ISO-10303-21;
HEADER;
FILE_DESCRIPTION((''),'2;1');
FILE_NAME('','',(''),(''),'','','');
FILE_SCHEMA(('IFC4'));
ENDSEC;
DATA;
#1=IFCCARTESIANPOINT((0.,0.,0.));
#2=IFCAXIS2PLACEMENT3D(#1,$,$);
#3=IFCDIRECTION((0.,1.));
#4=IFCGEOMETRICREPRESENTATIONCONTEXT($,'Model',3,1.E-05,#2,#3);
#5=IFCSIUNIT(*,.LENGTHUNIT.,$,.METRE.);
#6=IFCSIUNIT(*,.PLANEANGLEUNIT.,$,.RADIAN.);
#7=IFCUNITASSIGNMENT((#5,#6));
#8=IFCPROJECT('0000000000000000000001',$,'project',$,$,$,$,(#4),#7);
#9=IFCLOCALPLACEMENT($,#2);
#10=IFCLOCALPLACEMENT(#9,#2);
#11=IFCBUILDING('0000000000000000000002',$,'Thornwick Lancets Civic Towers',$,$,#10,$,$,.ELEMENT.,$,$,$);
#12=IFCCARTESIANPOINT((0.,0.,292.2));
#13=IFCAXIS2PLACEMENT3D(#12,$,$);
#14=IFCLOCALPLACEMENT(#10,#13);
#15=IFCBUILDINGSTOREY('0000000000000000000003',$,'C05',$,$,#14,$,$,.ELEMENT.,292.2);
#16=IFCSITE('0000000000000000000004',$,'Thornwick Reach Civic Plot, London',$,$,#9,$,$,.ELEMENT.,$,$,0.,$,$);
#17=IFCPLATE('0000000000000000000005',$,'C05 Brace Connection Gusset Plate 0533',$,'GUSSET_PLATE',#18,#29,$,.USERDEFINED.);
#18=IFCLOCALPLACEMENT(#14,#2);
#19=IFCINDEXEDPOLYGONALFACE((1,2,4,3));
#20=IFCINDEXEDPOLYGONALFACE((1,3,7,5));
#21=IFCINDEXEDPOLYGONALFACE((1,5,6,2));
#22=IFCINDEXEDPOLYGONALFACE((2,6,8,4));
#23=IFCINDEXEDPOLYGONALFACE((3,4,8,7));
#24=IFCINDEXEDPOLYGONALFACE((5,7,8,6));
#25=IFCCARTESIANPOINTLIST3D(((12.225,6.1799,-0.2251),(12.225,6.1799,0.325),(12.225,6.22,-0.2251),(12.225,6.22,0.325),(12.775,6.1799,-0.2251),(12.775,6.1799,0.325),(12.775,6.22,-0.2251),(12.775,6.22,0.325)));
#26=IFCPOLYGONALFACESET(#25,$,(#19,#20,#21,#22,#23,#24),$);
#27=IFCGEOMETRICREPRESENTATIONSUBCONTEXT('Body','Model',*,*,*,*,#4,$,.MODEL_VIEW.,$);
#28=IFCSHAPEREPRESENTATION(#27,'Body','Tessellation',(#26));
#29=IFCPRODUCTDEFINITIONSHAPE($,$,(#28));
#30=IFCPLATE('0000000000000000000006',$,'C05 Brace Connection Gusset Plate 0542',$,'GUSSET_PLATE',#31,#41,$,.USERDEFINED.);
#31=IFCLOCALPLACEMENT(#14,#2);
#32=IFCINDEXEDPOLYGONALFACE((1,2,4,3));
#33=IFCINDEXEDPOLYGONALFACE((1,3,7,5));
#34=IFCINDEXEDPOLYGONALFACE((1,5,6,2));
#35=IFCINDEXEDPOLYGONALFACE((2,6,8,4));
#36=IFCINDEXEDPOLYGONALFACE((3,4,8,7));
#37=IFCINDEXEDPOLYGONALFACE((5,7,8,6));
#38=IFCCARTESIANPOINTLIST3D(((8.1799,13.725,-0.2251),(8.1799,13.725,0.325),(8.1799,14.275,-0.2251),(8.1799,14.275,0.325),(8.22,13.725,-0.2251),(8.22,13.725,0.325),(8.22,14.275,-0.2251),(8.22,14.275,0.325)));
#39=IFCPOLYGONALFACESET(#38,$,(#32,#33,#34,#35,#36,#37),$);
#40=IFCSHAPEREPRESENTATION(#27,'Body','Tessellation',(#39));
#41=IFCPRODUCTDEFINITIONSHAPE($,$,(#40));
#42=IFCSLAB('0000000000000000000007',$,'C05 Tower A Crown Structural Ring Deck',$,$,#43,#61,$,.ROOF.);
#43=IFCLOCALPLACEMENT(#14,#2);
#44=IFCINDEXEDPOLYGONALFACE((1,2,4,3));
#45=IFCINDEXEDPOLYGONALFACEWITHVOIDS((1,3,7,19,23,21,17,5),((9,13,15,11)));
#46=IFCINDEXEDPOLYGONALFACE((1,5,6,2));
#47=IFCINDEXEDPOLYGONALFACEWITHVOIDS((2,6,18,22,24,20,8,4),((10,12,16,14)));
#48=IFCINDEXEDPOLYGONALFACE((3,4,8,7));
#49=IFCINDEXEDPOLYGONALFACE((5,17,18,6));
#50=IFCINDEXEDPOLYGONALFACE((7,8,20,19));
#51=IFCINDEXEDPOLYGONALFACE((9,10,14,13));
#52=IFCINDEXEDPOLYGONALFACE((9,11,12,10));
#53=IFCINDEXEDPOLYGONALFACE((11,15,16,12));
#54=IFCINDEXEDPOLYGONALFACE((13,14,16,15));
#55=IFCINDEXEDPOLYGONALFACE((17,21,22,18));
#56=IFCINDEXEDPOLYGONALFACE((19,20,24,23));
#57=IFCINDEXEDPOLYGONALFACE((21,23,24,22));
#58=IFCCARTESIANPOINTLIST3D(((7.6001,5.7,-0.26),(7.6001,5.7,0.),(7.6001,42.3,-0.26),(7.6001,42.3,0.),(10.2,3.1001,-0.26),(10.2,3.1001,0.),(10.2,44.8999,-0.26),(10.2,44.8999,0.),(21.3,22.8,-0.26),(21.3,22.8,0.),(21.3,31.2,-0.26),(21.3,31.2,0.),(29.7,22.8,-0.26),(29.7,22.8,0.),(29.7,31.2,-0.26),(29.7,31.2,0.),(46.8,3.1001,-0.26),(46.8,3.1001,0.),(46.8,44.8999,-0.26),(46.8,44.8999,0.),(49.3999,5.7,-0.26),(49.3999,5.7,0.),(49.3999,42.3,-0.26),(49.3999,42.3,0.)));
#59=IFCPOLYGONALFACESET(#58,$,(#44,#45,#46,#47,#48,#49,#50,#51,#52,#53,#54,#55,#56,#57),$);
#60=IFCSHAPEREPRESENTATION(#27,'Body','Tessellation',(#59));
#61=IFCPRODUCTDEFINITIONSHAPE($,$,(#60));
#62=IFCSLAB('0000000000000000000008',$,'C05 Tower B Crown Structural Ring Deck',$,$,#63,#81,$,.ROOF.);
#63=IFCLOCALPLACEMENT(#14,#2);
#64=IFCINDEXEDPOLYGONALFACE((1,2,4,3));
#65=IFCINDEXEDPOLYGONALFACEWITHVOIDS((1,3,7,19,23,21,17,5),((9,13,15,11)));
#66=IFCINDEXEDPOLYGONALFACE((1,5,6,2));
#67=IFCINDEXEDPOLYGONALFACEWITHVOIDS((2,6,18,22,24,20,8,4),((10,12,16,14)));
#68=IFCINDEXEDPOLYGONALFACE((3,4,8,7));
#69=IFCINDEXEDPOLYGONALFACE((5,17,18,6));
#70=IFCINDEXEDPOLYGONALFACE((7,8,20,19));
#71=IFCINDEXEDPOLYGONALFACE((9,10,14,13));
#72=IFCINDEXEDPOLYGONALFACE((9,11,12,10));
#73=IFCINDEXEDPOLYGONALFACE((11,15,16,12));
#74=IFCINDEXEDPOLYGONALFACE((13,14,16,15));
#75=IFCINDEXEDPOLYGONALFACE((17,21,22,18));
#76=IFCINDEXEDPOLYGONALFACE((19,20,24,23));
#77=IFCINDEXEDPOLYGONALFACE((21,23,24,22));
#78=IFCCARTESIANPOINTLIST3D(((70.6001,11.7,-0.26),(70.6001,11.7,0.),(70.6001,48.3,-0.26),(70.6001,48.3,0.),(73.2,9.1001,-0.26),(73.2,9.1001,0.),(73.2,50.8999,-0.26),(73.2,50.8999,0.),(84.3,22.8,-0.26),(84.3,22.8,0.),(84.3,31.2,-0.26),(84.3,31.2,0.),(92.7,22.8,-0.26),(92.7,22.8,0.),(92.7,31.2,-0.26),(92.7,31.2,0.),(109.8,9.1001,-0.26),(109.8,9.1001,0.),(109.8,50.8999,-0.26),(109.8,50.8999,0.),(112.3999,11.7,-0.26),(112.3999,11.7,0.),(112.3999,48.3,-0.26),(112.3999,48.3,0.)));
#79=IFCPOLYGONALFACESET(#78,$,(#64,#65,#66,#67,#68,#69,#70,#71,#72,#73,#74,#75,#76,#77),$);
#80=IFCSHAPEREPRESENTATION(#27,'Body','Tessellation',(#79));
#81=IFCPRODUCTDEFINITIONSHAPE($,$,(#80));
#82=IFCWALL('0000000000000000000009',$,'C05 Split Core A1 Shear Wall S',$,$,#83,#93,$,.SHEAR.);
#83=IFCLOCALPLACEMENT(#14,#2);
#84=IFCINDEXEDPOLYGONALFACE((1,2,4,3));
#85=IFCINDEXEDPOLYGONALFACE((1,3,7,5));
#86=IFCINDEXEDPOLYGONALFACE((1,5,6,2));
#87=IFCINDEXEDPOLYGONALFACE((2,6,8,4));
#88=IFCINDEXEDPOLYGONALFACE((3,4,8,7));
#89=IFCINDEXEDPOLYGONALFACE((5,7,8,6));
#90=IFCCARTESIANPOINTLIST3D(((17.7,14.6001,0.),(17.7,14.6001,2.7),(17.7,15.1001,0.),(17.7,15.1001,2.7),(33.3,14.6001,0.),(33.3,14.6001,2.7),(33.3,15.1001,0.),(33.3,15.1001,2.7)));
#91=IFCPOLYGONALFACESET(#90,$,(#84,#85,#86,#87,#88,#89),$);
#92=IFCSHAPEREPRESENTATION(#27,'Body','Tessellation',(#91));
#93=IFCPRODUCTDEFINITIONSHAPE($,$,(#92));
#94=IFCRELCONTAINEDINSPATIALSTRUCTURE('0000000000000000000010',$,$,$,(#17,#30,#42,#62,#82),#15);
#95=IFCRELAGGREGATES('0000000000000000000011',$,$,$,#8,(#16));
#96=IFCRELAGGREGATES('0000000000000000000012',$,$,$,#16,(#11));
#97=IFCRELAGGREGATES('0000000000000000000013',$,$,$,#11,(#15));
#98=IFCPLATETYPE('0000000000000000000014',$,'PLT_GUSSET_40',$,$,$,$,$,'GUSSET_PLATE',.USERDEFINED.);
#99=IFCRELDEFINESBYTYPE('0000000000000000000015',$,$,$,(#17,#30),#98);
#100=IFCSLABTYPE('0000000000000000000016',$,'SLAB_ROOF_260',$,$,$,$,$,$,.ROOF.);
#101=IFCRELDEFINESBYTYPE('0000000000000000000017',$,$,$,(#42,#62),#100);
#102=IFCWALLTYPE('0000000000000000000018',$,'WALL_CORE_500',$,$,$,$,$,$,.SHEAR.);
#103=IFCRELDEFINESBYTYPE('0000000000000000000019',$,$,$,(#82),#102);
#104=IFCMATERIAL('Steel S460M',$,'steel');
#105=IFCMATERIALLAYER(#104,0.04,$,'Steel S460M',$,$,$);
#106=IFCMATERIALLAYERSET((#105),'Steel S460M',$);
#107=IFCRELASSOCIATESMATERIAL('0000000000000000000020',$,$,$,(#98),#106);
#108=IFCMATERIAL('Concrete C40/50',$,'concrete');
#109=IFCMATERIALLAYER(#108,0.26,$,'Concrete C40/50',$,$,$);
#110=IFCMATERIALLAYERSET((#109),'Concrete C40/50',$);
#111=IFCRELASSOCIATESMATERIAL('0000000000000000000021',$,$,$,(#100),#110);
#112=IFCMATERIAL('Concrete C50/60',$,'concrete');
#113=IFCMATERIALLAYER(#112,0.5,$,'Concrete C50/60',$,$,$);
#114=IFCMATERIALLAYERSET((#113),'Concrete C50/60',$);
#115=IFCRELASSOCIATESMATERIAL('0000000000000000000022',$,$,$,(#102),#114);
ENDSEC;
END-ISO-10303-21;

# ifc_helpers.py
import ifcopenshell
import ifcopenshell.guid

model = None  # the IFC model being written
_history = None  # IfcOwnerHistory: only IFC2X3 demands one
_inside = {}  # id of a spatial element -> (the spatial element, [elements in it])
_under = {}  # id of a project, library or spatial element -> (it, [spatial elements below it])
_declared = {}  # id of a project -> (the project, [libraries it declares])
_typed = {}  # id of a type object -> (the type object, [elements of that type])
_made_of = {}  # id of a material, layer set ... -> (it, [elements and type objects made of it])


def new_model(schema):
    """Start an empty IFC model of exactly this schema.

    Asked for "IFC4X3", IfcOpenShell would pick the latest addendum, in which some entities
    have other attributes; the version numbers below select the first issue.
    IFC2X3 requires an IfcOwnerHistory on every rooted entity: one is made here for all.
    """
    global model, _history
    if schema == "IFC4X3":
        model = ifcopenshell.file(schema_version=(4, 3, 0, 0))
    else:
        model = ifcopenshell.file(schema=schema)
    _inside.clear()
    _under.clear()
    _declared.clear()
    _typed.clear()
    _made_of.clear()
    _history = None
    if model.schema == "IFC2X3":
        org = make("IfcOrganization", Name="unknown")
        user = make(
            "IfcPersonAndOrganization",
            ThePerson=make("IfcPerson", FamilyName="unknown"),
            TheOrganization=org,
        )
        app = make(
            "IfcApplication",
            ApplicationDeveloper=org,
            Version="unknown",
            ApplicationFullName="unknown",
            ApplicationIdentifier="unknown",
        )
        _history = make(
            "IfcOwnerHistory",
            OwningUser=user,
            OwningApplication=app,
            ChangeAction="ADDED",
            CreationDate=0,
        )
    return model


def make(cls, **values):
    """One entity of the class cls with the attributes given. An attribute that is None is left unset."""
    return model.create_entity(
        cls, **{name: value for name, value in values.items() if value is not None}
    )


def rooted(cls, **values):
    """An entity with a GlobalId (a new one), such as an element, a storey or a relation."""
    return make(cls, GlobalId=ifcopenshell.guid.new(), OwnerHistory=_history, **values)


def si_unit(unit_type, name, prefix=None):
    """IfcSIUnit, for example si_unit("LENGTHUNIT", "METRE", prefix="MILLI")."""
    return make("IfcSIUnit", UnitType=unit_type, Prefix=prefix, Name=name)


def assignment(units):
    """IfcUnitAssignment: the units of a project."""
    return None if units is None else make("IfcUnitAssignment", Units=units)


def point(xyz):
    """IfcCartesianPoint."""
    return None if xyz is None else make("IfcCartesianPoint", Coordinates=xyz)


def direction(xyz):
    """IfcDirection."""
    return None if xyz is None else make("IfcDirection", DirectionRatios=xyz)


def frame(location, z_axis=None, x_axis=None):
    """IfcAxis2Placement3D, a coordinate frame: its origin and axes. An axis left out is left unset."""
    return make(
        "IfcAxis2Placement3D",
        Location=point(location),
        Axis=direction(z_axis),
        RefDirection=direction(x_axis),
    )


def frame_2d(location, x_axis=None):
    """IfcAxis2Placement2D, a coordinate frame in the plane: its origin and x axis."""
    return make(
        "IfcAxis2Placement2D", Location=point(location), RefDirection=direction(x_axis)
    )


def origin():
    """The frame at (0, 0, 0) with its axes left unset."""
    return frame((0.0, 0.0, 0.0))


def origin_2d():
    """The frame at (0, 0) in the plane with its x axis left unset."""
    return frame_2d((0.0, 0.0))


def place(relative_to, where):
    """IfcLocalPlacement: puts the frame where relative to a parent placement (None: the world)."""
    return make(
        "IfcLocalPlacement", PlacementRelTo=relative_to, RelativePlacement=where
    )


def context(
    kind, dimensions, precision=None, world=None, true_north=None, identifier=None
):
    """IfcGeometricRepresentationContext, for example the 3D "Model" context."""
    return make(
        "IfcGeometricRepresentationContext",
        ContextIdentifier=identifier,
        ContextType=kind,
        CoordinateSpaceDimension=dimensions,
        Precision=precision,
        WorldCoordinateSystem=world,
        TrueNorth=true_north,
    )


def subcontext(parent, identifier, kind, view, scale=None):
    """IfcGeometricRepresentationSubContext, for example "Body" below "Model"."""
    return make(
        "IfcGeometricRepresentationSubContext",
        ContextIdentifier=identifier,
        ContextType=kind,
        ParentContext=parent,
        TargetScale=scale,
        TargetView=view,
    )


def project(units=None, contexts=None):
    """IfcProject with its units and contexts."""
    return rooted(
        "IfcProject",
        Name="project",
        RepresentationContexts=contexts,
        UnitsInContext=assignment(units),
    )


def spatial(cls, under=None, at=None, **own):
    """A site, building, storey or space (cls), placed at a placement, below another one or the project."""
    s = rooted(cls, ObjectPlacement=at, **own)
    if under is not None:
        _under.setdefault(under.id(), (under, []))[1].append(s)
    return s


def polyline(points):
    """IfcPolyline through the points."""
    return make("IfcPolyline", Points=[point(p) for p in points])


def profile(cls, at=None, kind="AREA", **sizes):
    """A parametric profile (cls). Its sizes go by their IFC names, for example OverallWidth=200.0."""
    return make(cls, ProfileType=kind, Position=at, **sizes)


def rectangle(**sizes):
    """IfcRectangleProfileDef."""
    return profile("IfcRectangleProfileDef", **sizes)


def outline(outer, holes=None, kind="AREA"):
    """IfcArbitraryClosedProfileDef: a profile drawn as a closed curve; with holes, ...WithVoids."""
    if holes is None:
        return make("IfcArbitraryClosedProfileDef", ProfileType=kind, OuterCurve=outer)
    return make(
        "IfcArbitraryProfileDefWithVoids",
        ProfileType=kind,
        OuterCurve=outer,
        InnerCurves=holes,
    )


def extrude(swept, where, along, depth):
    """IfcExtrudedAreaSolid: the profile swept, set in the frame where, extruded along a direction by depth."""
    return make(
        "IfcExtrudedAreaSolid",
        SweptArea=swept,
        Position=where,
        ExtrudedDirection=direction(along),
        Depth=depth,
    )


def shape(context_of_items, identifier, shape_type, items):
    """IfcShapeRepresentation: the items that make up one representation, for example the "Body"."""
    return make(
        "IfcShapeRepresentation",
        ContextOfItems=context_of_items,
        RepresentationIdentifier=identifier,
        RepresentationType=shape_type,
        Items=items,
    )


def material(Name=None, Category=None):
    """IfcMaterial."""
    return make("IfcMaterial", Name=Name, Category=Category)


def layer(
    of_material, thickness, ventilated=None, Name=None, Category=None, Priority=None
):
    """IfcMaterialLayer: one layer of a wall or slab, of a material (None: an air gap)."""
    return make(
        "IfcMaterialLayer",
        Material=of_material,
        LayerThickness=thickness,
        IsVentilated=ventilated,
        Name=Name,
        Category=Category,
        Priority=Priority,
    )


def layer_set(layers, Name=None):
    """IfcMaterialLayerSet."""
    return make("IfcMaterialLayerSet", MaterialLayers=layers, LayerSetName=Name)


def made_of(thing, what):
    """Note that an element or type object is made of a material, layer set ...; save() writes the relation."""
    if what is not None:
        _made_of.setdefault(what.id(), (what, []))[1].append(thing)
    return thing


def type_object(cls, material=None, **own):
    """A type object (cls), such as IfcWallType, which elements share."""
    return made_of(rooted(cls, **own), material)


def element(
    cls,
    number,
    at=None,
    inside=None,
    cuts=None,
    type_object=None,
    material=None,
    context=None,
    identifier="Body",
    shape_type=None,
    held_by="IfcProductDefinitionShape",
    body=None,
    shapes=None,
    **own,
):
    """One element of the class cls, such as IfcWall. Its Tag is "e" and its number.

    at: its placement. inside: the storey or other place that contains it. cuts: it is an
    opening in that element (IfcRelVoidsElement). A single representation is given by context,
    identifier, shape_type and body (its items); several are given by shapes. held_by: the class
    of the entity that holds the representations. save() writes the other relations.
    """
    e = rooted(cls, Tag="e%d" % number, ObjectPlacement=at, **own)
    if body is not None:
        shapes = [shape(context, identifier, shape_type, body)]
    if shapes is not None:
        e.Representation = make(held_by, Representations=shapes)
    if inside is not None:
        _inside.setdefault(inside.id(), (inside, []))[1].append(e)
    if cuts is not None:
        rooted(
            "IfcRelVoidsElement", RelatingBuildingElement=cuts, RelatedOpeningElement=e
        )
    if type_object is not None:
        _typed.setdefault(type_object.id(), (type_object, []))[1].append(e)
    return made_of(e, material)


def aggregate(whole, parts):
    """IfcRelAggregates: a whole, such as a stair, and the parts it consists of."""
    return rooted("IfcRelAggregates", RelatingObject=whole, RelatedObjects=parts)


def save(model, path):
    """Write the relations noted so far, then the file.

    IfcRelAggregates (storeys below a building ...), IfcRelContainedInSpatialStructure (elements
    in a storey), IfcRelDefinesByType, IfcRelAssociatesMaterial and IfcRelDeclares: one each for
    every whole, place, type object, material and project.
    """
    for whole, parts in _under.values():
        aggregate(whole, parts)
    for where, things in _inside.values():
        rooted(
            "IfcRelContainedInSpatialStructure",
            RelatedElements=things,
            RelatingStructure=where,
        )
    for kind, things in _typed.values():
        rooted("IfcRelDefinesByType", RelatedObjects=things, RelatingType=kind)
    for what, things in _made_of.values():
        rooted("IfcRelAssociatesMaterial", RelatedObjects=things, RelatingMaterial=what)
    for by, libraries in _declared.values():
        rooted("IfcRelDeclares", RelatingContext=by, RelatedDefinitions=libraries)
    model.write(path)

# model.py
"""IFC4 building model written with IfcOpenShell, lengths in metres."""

from ifc_helpers import new_model, si_unit, direction, frame, frame_2d, origin, origin_2d, place, context, subcontext, project, spatial, polyline, rectangle, outline, extrude, material, layer, layer_set, type_object, element, save


model = new_model("IFC4")

# Units and contexts
model_context = context("Model", 3, precision=1e-05, world=origin(), true_north=direction((0.0, 1.0)))
body_context = subcontext(model_context, "Body", "Model", "MODEL_VIEW")
ifc_project = project(units=[si_unit("LENGTHUNIT", "METRE"), si_unit("PLANEANGLEUNIT", "RADIAN")], contexts=[model_context])

# Site, building, storey
site_placement = place(None, origin())
site = spatial("IfcSite", under=ifc_project, at=site_placement, Name="Thornwick Reach Civic Plot, London", CompositionType="ELEMENT", RefElevation=0.0)
building_placement = place(site_placement, origin())
building = spatial("IfcBuilding", under=site, at=building_placement, Name="Thornwick Lancets Civic Towers", CompositionType="ELEMENT")
storey_placement = place(building_placement, frame((0.0, 0.0, 292.2)))
storey = spatial("IfcBuildingStorey", under=building, at=storey_placement, Name="C05", CompositionType="ELEMENT", Elevation=292.2)

# Plates
ifc_material_1 = material(Name="Steel S460M", Category="steel")
ifc_layer_1 = layer(ifc_material_1, 0.04, Name="Steel S460M")
ifc_layer_set_1 = layer_set([ifc_layer_1], Name="Steel S460M")
plate_type_1 = type_object("IfcPlateType", Name="PLT_GUSSET_40", ElementType="GUSSET_PLATE", PredefinedType="USERDEFINED", material=ifc_layer_set_1)
for number, where, z_axis, x_axis, name in (
    (1, (12.5, 6.2, -0.2251), (0.0, 0.0, 1.0), (1.0, 0.0, 0.0), "C05 Brace Connection Gusset Plate 0533"),
    (2, (8.2, 14.0, -0.2251), (0.0, 0.0, 1.0), (0.0, 1.0, 0.0), "C05 Brace Connection Gusset Plate 0542"),
):
    element("IfcPlate", number, at=place(storey_placement, frame(where, z_axis=z_axis, x_axis=x_axis)), inside=storey, type_object=plate_type_1, Name=name, ObjectType="GUSSET_PLATE", PredefinedType="USERDEFINED", context=body_context, shape_type="SweptSolid", body=[
        extrude(rectangle(XDim=0.55, YDim=0.04, at=origin_2d()), origin(), (0.0, 0.0, 1.0), 0.55),
    ])

# Slabs
ifc_material_2 = material(Name="Concrete C40/50", Category="concrete")
ifc_layer_2 = layer(ifc_material_2, 0.26, Name="Concrete C40/50")
ifc_layer_set_2 = layer_set([ifc_layer_2], Name="Concrete C40/50")
slab_type = type_object("IfcSlabType", Name="SLAB_ROOF_260", PredefinedType="ROOF", material=ifc_layer_set_2)
slab_1_placement = place(storey_placement, frame((0.0, 0.0, -0.26)))
element("IfcSlab", 3, at=slab_1_placement, inside=storey, type_object=slab_type, Name="C05 Tower A Crown Structural Ring Deck", PredefinedType="ROOF", context=body_context, shape_type="SweptSolid", body=[
    extrude(outline(polyline([(10.2, 3.1001), (46.8, 3.1001), (49.3999, 5.7), (49.3999, 42.3), (46.8, 44.8999), (10.2, 44.8999), (7.6001, 42.3), (7.6001, 5.7), (10.2, 3.1001)]), holes=[polyline([(21.3, 22.8), (29.7, 22.8), (29.7, 31.2), (21.3, 31.2), (21.3, 22.8)])]), origin(), (0.0, 0.0, 1.0), 0.26),
])
slab_2_placement = place(storey_placement, frame((0.0, 0.0, -0.26)))
element("IfcSlab", 4, at=slab_2_placement, inside=storey, type_object=slab_type, Name="C05 Tower B Crown Structural Ring Deck", PredefinedType="ROOF", context=body_context, shape_type="SweptSolid", body=[
    extrude(outline(polyline([(73.2, 9.1001), (109.8, 9.1001), (112.3999, 11.7), (112.3999, 48.3), (109.8, 50.8999), (73.2, 50.8999), (70.6001, 48.3), (70.6001, 11.7), (73.2, 9.1001)]), holes=[polyline([(84.3, 22.8), (92.7, 22.8), (92.7, 31.2), (84.3, 31.2), (84.3, 22.8)])]), origin(), (0.0, 0.0, 1.0), 0.26),
])

# Wall
ifc_material_3 = material(Name="Concrete C50/60", Category="concrete")
ifc_layer_3 = layer(ifc_material_3, 0.5, Name="Concrete C50/60")
ifc_layer_set_3 = layer_set([ifc_layer_3], Name="Concrete C50/60")
wall_type = type_object("IfcWallType", Name="WALL_CORE_500", PredefinedType="SHEAR", material=ifc_layer_set_3)
wall_placement = place(storey_placement, frame((17.7, 14.8501, 0.0), z_axis=(0.0, 0.0, 1.0), x_axis=(1.0, 0.0, 0.0)))
element("IfcWall", 5, at=wall_placement, inside=storey, type_object=wall_type, Name="C05 Split Core A1 Shear Wall S", PredefinedType="SHEAR", context=body_context, shape_type="SweptSolid", body=[
    extrude(rectangle(XDim=15.6001, YDim=0.5, at=frame_2d((7.8, 0.0))), origin(), (0.0, 0.0, 1.0), 2.7),
])

save(model, "model.ifc")
